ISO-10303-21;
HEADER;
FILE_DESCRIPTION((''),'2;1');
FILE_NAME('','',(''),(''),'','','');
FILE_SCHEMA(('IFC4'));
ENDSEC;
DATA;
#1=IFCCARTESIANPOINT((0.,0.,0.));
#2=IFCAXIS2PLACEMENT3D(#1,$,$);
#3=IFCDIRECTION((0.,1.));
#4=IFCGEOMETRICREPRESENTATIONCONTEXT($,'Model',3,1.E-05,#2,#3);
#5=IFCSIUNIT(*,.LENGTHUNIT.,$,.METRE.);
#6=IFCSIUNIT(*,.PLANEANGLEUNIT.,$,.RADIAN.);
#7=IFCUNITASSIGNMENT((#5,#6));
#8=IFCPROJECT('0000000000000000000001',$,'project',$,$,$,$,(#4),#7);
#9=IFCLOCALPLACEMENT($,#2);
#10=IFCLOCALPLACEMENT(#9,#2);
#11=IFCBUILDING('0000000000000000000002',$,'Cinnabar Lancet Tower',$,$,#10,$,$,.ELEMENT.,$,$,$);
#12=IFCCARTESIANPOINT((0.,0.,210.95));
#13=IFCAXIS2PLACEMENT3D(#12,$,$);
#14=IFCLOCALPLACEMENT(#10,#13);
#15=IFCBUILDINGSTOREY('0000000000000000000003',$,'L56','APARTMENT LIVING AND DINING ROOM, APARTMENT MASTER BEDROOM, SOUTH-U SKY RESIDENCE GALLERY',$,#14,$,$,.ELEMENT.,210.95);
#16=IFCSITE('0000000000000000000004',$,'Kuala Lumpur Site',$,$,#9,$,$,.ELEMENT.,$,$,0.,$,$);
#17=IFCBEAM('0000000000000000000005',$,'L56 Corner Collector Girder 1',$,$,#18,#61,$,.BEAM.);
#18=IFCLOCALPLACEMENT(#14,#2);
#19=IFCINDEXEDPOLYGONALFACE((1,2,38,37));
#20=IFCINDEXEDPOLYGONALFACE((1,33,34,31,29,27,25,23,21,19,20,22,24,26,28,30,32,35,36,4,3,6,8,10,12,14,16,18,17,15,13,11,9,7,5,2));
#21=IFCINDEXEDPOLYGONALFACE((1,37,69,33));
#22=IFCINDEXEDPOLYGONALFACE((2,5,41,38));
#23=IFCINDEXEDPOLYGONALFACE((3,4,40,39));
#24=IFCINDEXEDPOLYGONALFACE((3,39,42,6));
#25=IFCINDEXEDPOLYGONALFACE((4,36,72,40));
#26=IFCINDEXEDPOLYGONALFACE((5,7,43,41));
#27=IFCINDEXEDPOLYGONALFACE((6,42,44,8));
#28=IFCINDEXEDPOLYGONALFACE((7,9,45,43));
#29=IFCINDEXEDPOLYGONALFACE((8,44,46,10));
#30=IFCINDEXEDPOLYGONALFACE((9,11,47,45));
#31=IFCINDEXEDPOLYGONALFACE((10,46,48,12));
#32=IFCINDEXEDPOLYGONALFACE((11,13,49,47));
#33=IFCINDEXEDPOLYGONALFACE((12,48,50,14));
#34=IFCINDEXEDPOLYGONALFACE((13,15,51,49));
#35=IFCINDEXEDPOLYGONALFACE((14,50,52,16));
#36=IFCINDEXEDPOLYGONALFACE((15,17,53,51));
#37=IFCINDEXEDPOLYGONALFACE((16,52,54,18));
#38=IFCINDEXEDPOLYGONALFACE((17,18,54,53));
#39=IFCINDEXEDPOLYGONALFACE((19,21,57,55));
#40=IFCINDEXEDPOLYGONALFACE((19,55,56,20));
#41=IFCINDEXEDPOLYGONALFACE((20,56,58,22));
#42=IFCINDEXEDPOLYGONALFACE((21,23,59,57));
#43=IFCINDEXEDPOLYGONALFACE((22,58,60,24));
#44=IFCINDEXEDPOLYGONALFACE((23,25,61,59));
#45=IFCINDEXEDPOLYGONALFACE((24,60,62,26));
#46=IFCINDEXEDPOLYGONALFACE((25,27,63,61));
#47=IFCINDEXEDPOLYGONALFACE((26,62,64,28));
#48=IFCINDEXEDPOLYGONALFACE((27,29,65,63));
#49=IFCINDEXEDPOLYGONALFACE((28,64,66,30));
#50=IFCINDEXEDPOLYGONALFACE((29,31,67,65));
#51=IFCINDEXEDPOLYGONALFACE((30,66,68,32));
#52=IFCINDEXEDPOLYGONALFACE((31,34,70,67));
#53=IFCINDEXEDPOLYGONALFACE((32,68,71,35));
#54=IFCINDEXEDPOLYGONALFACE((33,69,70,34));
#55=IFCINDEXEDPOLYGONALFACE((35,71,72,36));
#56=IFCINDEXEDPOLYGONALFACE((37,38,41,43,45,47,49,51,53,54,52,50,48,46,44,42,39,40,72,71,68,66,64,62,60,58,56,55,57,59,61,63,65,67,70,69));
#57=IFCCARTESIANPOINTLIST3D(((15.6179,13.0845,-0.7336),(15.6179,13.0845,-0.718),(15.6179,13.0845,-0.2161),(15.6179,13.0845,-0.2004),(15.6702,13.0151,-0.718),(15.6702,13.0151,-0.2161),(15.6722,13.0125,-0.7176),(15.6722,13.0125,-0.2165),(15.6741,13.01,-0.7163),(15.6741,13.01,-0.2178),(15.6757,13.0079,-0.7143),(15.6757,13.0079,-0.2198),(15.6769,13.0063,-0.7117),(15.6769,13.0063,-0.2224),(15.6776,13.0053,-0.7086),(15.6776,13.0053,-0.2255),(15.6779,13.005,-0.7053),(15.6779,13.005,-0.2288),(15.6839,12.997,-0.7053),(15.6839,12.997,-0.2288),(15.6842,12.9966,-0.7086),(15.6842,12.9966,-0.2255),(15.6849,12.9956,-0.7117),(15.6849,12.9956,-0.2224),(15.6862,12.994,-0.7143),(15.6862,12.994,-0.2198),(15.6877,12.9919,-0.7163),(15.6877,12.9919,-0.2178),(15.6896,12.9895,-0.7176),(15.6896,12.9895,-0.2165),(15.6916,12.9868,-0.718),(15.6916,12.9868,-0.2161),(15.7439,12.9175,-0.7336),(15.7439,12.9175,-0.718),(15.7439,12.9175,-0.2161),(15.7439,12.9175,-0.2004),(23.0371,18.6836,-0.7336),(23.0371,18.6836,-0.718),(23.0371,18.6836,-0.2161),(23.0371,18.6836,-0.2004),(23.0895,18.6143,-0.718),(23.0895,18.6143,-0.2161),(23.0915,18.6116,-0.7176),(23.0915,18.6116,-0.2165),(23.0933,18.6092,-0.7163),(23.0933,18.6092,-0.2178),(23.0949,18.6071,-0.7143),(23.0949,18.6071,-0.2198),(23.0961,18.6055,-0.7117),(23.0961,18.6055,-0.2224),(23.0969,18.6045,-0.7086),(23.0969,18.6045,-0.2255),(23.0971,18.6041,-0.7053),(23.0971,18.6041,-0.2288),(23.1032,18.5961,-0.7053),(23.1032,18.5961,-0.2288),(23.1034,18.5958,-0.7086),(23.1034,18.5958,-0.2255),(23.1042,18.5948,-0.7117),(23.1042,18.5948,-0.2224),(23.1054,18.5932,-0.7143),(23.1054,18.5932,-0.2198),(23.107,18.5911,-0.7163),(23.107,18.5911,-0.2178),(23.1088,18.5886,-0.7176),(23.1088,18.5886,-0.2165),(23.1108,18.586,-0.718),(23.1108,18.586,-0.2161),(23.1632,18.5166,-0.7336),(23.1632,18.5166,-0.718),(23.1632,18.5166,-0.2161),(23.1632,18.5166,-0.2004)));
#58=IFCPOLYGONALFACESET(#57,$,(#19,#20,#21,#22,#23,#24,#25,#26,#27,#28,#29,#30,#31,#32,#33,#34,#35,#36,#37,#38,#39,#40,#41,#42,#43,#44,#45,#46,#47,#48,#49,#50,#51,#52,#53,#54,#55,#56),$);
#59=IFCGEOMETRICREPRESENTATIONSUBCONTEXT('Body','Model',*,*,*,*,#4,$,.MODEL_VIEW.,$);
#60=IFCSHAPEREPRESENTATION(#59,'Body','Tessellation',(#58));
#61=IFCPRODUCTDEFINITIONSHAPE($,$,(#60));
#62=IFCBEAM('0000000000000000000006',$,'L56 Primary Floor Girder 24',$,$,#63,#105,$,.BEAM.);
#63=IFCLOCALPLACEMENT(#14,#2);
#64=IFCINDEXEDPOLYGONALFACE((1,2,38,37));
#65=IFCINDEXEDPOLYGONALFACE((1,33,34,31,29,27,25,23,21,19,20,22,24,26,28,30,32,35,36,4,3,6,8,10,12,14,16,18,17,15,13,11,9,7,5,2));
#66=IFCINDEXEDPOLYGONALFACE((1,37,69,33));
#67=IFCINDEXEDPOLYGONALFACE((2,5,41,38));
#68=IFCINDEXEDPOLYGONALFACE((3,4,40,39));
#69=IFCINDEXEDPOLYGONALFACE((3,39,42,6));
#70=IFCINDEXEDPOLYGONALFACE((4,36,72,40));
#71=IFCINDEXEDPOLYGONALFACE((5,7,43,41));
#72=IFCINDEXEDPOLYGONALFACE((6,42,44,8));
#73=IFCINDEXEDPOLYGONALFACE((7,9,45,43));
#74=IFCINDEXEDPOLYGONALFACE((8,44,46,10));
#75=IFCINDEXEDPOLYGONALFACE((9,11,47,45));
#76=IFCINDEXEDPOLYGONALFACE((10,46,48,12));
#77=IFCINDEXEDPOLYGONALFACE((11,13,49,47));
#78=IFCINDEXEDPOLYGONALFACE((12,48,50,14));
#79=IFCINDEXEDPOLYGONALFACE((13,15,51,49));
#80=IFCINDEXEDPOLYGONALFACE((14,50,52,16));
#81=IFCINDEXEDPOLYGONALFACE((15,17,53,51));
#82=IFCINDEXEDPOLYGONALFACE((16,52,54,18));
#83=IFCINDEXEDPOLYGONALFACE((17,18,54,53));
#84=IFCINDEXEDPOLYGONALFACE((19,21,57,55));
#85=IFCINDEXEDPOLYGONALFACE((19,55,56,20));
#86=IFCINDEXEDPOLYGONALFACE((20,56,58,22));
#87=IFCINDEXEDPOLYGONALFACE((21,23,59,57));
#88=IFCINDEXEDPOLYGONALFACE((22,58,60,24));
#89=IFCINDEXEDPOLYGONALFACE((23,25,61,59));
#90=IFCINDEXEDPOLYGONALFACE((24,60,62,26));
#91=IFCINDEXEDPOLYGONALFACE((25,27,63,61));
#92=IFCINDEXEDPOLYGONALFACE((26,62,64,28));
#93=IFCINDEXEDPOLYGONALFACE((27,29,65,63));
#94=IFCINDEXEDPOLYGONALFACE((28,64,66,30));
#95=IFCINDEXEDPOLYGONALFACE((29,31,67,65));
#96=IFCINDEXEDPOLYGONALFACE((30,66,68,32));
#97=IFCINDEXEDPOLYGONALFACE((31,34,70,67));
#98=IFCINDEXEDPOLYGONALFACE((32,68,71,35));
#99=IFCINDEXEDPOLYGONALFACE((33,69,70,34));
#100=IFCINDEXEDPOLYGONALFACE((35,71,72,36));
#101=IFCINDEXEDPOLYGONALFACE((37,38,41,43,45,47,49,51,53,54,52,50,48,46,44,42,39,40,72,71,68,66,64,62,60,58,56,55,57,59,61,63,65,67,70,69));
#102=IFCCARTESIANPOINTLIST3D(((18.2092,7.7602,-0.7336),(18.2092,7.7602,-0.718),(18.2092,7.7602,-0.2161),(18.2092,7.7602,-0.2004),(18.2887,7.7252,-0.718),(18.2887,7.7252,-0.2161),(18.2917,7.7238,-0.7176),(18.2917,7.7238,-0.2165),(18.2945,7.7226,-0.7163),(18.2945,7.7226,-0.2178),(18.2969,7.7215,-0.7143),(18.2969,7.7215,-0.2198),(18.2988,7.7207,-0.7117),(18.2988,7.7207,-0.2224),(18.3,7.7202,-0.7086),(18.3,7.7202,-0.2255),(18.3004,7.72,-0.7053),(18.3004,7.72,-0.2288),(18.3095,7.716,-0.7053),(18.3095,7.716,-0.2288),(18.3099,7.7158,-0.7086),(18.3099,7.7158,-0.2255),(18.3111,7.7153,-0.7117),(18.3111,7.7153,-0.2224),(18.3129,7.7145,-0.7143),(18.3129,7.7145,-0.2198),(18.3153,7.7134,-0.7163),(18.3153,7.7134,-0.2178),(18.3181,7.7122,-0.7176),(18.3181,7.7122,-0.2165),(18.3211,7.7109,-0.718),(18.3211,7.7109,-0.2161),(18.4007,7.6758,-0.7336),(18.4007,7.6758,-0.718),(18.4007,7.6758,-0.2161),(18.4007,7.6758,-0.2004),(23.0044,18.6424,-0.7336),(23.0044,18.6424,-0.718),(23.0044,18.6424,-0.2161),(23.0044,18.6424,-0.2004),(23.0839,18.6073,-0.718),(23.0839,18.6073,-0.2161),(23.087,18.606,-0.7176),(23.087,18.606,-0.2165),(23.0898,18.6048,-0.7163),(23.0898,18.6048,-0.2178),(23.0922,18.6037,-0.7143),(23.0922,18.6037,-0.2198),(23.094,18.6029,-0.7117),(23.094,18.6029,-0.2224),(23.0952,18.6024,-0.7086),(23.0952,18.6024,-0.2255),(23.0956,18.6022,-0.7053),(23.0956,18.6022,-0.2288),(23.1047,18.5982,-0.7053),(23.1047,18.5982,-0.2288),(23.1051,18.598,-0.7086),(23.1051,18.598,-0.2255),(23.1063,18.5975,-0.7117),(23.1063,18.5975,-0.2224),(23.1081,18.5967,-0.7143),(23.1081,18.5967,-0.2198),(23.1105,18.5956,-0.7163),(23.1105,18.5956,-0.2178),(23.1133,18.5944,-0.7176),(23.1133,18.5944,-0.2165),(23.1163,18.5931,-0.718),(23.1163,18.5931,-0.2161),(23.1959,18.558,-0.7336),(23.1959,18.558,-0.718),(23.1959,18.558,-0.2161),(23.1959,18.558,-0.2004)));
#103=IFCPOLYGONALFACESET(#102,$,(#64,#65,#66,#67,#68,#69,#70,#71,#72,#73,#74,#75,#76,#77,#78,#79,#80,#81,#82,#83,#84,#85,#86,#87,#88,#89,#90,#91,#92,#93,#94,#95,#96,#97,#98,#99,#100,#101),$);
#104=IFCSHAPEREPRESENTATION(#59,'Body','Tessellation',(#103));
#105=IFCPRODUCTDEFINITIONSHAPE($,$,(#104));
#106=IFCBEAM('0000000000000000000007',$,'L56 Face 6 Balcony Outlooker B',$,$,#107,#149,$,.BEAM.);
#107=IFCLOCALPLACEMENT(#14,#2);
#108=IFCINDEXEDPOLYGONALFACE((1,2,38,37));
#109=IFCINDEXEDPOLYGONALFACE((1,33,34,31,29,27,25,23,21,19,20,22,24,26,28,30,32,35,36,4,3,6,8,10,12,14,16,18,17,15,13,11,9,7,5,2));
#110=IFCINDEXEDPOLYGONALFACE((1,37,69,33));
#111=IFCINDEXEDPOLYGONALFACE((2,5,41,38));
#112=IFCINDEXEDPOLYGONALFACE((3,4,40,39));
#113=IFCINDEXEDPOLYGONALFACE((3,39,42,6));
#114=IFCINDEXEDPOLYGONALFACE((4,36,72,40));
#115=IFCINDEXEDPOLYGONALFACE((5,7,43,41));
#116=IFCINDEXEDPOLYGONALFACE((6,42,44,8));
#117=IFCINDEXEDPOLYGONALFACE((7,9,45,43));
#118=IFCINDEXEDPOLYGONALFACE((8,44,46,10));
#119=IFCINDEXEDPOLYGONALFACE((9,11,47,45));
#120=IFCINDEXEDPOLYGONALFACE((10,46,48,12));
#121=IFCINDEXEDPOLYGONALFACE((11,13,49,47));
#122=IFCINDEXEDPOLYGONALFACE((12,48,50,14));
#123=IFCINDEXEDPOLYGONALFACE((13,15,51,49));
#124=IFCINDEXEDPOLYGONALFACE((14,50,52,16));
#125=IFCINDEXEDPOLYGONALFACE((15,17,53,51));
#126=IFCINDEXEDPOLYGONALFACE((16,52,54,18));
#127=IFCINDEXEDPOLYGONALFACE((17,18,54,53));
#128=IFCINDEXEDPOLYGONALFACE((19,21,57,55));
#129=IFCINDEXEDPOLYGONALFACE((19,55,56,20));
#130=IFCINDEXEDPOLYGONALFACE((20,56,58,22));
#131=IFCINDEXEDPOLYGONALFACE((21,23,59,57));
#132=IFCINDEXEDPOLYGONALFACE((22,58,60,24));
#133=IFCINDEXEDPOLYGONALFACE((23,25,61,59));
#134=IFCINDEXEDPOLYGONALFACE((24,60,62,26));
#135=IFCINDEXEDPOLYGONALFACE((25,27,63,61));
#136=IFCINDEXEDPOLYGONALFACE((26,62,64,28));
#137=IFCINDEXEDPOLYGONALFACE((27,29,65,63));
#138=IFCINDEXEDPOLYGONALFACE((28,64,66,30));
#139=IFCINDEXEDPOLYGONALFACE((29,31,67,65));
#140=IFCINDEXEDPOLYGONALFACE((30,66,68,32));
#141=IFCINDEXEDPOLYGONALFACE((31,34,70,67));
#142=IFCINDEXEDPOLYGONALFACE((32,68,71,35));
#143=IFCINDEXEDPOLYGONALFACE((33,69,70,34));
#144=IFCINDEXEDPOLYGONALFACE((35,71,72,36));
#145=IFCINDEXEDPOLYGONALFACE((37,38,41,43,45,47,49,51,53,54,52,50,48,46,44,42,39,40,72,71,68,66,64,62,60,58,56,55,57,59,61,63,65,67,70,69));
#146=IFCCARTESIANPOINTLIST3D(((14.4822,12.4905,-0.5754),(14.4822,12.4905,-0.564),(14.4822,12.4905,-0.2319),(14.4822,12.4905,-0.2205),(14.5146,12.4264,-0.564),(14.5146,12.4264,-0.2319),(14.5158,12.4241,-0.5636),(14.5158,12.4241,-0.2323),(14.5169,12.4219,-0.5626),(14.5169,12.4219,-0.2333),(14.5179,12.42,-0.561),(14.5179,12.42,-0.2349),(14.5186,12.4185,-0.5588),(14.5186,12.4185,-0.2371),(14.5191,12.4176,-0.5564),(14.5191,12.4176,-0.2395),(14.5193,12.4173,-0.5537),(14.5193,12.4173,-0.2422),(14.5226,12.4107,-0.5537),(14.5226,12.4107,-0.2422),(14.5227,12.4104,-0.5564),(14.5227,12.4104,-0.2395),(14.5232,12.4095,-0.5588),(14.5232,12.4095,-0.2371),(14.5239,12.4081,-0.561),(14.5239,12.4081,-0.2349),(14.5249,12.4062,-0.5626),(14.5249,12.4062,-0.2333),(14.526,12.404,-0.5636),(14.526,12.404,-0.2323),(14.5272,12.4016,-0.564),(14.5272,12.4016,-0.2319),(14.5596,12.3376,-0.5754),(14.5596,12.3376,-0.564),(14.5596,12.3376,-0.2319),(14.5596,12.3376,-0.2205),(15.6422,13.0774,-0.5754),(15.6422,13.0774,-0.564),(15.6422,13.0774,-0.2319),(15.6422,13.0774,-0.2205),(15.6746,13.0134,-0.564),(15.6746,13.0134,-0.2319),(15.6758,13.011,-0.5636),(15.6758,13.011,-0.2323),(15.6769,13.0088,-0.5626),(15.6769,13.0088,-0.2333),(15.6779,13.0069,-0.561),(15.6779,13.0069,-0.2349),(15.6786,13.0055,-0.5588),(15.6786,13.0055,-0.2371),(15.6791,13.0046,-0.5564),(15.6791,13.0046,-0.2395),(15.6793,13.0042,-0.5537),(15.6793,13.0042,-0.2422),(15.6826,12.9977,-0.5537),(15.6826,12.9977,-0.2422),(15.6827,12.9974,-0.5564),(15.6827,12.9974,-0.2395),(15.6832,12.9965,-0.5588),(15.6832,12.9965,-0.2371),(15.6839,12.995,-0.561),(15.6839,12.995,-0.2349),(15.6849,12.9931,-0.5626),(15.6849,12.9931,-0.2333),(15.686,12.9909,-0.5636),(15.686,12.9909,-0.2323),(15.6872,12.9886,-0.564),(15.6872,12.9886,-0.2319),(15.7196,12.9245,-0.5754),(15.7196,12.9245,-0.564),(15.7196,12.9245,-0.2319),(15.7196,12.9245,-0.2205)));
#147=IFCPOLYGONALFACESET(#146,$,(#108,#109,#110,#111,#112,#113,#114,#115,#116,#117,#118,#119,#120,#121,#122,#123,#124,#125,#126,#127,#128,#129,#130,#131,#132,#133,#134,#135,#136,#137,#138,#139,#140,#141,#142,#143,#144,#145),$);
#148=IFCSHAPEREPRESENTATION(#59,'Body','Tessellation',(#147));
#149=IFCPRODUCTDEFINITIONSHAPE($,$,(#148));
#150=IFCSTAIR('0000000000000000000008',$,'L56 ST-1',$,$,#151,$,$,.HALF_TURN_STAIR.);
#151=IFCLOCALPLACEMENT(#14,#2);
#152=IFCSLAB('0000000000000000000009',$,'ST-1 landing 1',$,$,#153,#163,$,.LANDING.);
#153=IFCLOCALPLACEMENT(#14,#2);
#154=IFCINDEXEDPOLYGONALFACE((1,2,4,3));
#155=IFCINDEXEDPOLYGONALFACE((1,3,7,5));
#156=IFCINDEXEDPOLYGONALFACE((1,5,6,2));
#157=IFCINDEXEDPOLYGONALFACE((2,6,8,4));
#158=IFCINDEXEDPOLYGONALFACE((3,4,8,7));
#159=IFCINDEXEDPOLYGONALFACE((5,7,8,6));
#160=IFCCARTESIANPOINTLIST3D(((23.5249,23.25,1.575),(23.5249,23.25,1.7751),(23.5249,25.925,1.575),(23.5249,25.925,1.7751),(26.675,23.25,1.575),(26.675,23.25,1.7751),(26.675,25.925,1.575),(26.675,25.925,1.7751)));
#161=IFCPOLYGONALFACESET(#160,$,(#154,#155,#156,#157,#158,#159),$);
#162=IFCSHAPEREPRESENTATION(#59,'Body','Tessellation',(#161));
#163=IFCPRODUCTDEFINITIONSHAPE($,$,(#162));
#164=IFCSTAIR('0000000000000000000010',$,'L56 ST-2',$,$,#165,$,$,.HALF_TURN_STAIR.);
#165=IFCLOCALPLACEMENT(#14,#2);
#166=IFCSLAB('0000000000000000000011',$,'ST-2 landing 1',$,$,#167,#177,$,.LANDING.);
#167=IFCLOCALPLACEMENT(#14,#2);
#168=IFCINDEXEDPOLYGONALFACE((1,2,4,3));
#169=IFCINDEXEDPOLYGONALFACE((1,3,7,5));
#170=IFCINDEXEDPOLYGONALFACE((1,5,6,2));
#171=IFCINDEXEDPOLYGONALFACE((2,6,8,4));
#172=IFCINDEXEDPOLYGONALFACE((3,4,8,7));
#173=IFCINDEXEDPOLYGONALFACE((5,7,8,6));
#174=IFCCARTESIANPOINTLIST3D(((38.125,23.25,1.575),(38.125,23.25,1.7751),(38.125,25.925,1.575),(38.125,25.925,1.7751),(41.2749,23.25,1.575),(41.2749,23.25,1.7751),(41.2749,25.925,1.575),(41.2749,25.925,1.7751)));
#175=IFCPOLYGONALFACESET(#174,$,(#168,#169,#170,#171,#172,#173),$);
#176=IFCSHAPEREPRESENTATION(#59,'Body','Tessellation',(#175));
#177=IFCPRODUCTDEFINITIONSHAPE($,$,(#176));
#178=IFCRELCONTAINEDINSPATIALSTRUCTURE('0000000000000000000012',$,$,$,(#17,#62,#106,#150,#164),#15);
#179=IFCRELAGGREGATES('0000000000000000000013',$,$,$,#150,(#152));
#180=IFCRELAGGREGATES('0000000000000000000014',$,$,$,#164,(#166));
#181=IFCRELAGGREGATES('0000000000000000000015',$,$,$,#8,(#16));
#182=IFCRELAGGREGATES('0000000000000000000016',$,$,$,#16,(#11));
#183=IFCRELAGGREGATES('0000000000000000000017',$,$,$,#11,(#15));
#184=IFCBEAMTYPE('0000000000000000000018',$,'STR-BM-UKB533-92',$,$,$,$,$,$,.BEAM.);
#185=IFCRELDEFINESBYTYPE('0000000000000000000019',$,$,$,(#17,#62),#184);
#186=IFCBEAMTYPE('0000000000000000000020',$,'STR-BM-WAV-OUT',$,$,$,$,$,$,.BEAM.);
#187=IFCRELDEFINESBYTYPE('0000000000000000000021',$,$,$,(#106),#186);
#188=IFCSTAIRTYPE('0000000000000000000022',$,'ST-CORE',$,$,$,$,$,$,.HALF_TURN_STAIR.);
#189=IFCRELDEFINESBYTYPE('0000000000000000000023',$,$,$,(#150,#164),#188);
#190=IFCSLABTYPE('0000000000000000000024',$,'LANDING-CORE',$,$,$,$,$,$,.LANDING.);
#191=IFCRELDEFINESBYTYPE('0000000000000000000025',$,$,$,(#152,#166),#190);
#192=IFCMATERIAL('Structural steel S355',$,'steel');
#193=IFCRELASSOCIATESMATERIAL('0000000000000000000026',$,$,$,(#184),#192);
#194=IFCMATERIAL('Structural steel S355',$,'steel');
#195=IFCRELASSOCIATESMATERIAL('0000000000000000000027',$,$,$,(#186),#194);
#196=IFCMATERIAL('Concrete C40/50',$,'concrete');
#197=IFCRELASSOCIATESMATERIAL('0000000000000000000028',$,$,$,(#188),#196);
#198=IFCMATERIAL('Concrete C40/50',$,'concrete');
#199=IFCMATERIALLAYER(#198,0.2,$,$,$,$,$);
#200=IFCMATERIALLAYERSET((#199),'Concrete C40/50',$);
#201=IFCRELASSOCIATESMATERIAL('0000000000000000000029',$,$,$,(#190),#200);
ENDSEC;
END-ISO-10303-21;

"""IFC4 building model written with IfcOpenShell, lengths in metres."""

from ifc_helpers import new_model, si_unit, direction, frame, origin, origin_2d, place, context, subcontext, project, spatial, polyline, i_section, outline, extrude, material, layer, layer_set, material_profile, profile_set, type_object, element, aggregate, save


model = new_model("IFC4")

# Units and contexts
model_context = context("Model", 3, precision=1e-05, world=origin(), true_north=direction((0.0, 1.0)))
body_context = subcontext(model_context, "Body", "Model", "MODEL_VIEW")
ifc_project = project(units=[si_unit("LENGTHUNIT", "METRE"), si_unit("PLANEANGLEUNIT", "RADIAN")], contexts=[model_context])

# Site, building, storey
site_placement = place(None, origin())
site = spatial("IfcSite", under=ifc_project, at=site_placement, Name="Kuala Lumpur Site", CompositionType="ELEMENT", RefElevation=0.0)
building_placement = place(site_placement, origin())
building = spatial("IfcBuilding", under=site, at=building_placement, Name="Cinnabar Lancet Tower", CompositionType="ELEMENT")
storey_placement = place(building_placement, frame((0.0, 0.0, 210.95)))
storey = spatial("IfcBuildingStorey", under=building, at=storey_placement, Name="L56", Description="APARTMENT LIVING AND DINING ROOM, APARTMENT MASTER BEDROOM, SOUTH-U SKY RESIDENCE GALLERY", CompositionType="ELEMENT", Elevation=210.95)

# Beams
ifc_material_1 = material(Name="Structural steel S355", Category="steel")
ifc_material_profile_1 = material_profile(ifc_material_1, i_section(OverallWidth=0.2092, OverallDepth=0.5332, WebThickness=0.01, FlangeThickness=0.0156, FilletRadius=0.0127, at=origin_2d()), Name="UKB 533x210x92")
ifc_profile_set_1 = profile_set([ifc_material_profile_1], Name="Structural steel S355")
beam_type_1 = type_object("IfcBeamType", Name="STR-BM-UKB533-92", PredefinedType="BEAM", material=ifc_profile_set_1)
beam_1_placement = place(storey_placement, frame((15.6809, 13.001, -0.467), z_axis=(0.798203, 0.602389, 0.0), x_axis=(-0.602389, 0.798203, 0.0)))
element("IfcBeam", 1, at=beam_1_placement, inside=storey, type_object=beam_type_1, Name="L56 Corner Collector Girder 1", PredefinedType="BEAM", context=body_context, shape_type="SweptSolid", body=[
    extrude(i_section(OverallWidth=0.2092, OverallDepth=0.5332, WebThickness=0.01, FlangeThickness=0.0156, FilletRadius=0.0127, at=origin_2d()), origin(), (0.0, 0.0, 1.0), 9.2949),
])
beam_2_placement = place(storey_placement, frame((18.3049, 7.718, -0.467), z_axis=(0.403235, 0.915096, 0.0), x_axis=(-0.915096, 0.403235, 0.0)))
element("IfcBeam", 2, at=beam_2_placement, inside=storey, type_object=beam_type_1, Name="L56 Primary Floor Girder 24", PredefinedType="BEAM", context=body_context, shape_type="SweptSolid", body=[
    extrude(i_section(OverallWidth=0.2092, OverallDepth=0.5332, WebThickness=0.01, FlangeThickness=0.0156, FilletRadius=0.0127, at=origin_2d()), origin(), (0.0, 0.0, 1.0), 11.8918),
])
ifc_material_2 = material(Name="Structural steel S355", Category="steel")
ifc_material_profile_2 = material_profile(ifc_material_2, i_section(OverallWidth=0.1714, OverallDepth=0.355, WebThickness=0.0073, FlangeThickness=0.0115, FilletRadius=0.0103, at=origin_2d()), Name="UKB 356x171x51")
ifc_profile_set_2 = profile_set([ifc_material_profile_2], Name="Structural steel S355")
beam_type_2 = type_object("IfcBeamType", Name="STR-BM-WAV-OUT", PredefinedType="BEAM", material=ifc_profile_set_2)
beam_3_placement = place(storey_placement, frame((15.6809, 13.001, -0.3979), z_axis=(-0.892276, -0.45149, 0.0), x_axis=(0.45149, -0.892276, 0.0)))
element("IfcBeam", 3, at=beam_3_placement, inside=storey, type_object=beam_type_2, Name="L56 Face 6 Balcony Outlooker B", PredefinedType="BEAM", context=body_context, shape_type="SweptSolid", body=[
    extrude(i_section(OverallWidth=0.1714, OverallDepth=0.355, WebThickness=0.0073, FlangeThickness=0.0115, FilletRadius=0.0103, at=origin_2d()), origin(), (0.0, 0.0, 1.0), 1.3),
])

# Stairs, slabs
ifc_material_3 = material(Name="Concrete C40/50", Category="concrete")
stair_type = type_object("IfcStairType", Name="ST-CORE", PredefinedType="HALF_TURN_STAIR", material=ifc_material_3)
stair_1_placement = place(storey_placement, origin())
stair_1 = element("IfcStair", 4, at=stair_1_placement, inside=storey, type_object=stair_type, Name="L56 ST-1", PredefinedType="HALF_TURN_STAIR")
ifc_material_4 = material(Name="Concrete C40/50", Category="concrete")
ifc_layer_1 = layer(ifc_material_4, 0.2)
ifc_layer_set_1 = layer_set([ifc_layer_1], Name="Concrete C40/50")
slab_type_1 = type_object("IfcSlabType", Name="LANDING-CORE", PredefinedType="LANDING", material=ifc_layer_set_1)
slab_1_placement = place(storey_placement, frame((0.0, 0.0, 1.575)))
slab_1 = element("IfcSlab", 5, at=slab_1_placement, type_object=slab_type_1, Name="ST-1 landing 1", PredefinedType="LANDING", context=body_context, shape_type="SweptSolid", body=[
    extrude(outline(polyline([(23.5249, 25.925), (23.5249, 23.25), (26.675, 23.25), (26.675, 25.925), (23.5249, 25.925)])), origin(), (0.0, 0.0, 1.0), 0.2002),
])
aggregate(stair_1, [slab_1])
stair_2_placement = place(storey_placement, origin())
stair_2 = element("IfcStair", 6, at=stair_2_placement, inside=storey, type_object=stair_type, Name="L56 ST-2", PredefinedType="HALF_TURN_STAIR")
slab_2_placement = place(storey_placement, frame((0.0, 0.0, 1.575)))
slab_2 = element("IfcSlab", 7, at=slab_2_placement, type_object=slab_type_1, Name="ST-2 landing 1", PredefinedType="LANDING", context=body_context, shape_type="SweptSolid", body=[
    extrude(outline(polyline([(38.125, 25.925), (38.125, 23.25), (41.2749, 23.25), (41.2749, 25.925), (38.125, 25.925)])), origin(), (0.0, 0.0, 1.0), 0.2002),
])
aggregate(stair_2, [slab_2])

save(model, "model.ifc")
